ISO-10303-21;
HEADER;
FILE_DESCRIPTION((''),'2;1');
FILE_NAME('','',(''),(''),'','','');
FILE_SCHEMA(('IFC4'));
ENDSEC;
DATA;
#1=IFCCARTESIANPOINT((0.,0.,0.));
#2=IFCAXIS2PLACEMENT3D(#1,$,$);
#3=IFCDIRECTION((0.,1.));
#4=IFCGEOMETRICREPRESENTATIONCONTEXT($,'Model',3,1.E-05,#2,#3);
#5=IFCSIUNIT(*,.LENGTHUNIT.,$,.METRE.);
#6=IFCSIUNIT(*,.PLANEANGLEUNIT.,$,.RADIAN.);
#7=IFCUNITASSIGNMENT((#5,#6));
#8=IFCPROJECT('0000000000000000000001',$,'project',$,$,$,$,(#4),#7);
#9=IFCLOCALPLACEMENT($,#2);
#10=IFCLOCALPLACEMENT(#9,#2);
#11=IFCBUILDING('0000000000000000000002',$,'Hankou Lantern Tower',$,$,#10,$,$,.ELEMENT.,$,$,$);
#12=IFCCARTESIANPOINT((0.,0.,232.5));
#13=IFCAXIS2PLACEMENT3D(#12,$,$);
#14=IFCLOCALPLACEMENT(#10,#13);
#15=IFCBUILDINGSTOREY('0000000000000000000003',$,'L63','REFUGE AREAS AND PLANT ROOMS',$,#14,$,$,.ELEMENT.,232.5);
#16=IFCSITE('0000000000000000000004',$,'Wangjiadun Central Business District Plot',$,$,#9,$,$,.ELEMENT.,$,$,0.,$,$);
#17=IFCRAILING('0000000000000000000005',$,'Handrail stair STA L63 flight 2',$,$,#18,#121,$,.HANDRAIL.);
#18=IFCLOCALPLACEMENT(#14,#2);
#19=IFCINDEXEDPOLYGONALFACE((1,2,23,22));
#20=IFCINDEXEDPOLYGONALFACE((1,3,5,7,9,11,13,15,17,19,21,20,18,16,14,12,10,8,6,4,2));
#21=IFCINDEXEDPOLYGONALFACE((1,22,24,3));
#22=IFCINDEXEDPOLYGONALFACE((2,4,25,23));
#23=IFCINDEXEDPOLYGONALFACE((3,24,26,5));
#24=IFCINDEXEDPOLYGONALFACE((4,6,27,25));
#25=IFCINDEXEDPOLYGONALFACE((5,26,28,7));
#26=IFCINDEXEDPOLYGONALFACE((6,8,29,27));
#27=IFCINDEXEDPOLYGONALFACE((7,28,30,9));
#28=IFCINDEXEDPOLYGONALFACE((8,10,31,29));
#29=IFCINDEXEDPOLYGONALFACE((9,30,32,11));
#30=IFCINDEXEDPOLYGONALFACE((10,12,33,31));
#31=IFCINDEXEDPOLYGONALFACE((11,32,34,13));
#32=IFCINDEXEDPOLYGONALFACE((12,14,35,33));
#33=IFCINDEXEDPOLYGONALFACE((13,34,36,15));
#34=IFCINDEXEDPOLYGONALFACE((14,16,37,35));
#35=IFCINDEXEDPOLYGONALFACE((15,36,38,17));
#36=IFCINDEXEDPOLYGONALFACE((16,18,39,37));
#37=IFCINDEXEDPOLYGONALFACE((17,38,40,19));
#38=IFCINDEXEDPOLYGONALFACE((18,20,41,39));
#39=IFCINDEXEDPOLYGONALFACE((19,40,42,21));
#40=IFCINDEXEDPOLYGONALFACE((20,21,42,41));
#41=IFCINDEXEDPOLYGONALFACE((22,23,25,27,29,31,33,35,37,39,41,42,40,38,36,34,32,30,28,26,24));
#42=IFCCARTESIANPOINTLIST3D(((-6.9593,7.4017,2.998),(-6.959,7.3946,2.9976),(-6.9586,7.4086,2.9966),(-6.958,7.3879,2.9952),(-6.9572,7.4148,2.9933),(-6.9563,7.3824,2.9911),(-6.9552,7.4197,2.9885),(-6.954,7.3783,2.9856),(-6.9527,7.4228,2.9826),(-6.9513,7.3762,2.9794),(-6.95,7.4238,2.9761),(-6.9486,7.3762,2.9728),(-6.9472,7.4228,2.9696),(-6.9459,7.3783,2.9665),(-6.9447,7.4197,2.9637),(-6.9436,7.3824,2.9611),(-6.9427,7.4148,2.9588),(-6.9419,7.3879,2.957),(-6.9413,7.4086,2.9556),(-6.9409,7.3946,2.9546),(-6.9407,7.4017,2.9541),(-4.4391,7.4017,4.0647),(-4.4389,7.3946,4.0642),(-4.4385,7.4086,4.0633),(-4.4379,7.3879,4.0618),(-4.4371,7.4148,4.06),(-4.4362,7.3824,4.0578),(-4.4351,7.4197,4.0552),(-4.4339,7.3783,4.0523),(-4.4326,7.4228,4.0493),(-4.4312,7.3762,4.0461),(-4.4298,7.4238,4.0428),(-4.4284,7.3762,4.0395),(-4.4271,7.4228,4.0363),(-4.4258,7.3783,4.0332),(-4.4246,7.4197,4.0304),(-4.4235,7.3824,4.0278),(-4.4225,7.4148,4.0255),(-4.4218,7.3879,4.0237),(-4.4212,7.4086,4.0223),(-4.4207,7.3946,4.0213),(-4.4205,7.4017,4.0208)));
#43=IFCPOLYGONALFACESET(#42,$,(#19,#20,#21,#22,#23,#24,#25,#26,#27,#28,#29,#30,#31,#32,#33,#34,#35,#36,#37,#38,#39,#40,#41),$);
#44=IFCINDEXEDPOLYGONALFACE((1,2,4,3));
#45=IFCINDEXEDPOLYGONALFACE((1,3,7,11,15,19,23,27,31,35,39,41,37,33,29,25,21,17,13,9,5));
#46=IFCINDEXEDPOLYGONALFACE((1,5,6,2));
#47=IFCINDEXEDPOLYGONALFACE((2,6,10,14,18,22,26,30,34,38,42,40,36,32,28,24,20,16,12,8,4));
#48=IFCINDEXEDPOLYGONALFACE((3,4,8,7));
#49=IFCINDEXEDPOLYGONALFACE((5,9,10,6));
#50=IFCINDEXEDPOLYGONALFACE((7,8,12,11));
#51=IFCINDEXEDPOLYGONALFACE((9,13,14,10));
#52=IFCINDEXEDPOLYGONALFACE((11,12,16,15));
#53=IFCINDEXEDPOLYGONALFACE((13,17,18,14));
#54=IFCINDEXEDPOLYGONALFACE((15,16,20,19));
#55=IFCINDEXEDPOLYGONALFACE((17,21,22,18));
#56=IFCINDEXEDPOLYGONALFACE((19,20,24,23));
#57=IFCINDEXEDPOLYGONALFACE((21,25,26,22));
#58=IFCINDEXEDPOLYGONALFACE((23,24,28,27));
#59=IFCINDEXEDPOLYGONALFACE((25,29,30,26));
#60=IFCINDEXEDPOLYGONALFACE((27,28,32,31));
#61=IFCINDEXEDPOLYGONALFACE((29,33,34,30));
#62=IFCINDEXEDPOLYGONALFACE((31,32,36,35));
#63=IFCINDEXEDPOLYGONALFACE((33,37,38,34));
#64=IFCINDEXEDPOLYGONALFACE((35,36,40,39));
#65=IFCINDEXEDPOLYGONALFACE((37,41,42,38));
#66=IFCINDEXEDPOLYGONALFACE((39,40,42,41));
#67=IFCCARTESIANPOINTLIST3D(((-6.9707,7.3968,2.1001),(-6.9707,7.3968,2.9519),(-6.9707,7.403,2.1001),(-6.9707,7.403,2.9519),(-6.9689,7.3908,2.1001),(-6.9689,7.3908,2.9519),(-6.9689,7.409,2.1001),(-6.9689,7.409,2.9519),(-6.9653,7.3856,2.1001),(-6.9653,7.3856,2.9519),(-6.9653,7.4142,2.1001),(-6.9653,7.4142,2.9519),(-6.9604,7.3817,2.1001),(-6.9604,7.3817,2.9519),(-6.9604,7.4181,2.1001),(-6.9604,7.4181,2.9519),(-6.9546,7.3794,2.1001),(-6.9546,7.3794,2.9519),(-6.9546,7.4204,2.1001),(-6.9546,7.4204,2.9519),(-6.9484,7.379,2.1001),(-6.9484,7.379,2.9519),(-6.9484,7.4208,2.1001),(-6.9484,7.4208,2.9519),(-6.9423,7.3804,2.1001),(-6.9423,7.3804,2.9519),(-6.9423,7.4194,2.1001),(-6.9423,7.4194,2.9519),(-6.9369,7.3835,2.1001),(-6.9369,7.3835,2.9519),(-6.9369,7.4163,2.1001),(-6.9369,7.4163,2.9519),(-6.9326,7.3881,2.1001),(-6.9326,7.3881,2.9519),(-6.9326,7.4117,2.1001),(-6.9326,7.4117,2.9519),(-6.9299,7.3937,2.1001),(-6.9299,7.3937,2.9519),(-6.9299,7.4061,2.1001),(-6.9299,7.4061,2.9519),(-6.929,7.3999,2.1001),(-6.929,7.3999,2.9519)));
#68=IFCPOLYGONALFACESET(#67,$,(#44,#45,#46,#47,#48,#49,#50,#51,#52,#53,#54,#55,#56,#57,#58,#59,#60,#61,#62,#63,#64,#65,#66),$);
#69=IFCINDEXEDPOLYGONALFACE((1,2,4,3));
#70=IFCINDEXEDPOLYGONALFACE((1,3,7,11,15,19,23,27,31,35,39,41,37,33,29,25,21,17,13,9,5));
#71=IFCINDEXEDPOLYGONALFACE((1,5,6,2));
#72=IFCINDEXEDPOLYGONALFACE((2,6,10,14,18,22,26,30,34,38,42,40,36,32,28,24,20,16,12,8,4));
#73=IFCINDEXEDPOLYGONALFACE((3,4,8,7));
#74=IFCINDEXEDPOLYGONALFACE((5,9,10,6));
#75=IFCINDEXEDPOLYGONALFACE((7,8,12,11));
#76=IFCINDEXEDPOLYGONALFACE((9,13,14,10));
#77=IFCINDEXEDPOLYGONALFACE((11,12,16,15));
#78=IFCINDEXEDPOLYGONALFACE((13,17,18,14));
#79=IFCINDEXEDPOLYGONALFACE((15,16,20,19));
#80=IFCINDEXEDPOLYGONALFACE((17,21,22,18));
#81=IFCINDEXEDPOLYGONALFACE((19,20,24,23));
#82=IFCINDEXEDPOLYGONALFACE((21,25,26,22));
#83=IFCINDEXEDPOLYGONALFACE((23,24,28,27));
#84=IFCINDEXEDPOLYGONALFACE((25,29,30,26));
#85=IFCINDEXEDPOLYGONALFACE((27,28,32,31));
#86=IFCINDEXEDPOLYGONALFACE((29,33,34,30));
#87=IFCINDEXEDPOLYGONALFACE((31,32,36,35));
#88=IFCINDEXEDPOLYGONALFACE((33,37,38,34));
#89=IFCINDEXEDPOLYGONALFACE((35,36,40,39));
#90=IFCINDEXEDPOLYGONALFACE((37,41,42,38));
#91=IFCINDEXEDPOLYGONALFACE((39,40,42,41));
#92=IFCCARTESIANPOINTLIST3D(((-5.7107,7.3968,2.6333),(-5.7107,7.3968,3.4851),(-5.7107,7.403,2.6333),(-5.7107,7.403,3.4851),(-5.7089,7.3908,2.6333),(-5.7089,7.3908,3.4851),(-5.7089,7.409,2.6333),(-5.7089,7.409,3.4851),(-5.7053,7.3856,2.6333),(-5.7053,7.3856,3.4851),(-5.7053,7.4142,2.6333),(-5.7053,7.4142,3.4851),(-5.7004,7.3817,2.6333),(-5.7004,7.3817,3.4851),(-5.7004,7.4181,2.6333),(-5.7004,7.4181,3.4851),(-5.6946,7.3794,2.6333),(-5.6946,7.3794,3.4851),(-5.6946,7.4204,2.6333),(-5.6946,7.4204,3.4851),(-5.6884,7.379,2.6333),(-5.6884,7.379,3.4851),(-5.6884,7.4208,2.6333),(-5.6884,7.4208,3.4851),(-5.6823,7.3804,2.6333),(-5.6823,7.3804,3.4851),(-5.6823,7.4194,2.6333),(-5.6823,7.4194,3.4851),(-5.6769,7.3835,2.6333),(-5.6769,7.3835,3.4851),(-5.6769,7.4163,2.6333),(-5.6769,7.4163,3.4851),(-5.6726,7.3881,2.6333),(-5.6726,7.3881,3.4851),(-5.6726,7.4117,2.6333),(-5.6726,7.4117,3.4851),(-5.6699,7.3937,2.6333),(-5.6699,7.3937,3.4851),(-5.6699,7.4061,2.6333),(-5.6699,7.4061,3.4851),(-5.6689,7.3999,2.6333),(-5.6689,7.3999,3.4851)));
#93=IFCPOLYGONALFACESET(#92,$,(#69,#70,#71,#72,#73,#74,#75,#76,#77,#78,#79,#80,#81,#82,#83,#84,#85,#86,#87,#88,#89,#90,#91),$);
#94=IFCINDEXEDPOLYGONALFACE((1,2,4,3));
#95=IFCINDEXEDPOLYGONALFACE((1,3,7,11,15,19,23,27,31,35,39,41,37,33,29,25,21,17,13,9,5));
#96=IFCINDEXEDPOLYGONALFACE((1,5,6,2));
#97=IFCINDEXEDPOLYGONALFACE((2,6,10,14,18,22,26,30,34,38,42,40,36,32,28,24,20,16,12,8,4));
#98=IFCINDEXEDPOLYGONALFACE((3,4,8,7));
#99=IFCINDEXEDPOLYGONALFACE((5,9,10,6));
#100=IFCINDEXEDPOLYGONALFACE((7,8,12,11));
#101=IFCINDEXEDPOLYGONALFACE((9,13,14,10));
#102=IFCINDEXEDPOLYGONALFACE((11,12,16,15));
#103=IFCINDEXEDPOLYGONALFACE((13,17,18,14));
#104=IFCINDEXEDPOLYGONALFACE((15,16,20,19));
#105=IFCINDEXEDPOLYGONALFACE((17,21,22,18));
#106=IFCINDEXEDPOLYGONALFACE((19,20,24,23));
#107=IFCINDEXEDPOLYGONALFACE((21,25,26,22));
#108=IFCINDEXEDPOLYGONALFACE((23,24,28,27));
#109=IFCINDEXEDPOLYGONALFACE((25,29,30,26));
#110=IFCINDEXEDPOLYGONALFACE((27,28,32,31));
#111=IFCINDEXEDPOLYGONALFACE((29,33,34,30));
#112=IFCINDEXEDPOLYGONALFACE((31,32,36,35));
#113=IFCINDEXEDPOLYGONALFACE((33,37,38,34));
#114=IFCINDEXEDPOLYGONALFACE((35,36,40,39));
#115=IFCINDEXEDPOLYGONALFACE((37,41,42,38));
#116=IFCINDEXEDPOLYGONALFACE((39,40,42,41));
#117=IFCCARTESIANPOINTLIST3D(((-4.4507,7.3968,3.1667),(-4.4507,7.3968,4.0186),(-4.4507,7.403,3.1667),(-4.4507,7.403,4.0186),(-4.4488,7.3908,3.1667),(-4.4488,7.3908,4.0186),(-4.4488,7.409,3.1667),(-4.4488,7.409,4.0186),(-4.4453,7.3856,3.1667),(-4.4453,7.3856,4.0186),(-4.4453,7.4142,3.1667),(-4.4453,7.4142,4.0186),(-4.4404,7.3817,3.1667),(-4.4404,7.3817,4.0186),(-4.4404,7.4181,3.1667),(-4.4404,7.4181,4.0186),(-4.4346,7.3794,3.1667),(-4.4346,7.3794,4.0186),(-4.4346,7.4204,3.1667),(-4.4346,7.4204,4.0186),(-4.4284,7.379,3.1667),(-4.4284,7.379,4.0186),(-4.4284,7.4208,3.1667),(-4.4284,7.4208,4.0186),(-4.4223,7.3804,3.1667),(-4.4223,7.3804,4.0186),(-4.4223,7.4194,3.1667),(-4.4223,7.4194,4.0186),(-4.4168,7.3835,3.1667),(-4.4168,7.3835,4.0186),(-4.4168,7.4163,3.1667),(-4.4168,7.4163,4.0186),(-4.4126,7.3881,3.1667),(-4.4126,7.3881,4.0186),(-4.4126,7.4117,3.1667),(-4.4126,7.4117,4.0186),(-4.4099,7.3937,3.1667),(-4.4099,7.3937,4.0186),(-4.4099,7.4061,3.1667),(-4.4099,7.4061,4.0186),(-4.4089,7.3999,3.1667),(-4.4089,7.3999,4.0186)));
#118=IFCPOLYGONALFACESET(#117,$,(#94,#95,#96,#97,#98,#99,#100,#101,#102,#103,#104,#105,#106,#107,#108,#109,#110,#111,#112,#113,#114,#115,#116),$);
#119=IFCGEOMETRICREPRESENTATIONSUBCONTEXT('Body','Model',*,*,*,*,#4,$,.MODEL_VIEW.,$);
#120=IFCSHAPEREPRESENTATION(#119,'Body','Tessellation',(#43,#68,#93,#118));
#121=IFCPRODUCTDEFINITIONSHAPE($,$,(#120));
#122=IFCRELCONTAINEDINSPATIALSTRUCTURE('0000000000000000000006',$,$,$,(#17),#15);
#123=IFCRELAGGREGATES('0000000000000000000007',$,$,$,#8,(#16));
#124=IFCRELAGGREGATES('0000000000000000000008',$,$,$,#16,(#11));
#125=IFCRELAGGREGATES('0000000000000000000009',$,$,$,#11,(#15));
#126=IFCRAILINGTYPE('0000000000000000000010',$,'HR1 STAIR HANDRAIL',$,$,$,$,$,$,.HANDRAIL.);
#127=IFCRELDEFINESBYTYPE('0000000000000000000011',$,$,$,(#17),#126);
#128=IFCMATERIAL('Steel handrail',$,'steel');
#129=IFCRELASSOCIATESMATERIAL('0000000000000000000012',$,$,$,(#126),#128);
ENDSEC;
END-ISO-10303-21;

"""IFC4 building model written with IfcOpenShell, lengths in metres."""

from ifc_helpers import new_model, si_unit, direction, frame, origin, origin_2d, place, context, subcontext, project, spatial, circle, extrude, material, type_object, element, save


model = new_model("IFC4")

# Units and contexts
model_context = context("Model", 3, precision=1e-05, world=origin(), true_north=direction((0.0, 1.0)))
body_context = subcontext(model_context, "Body", "Model", "MODEL_VIEW")
ifc_project = project(units=[si_unit("LENGTHUNIT", "METRE"), si_unit("PLANEANGLEUNIT", "RADIAN")], contexts=[model_context])

# Site, building, storey
site_placement = place(None, origin())
site = spatial("IfcSite", under=ifc_project, at=site_placement, Name="Wangjiadun Central Business District Plot", CompositionType="ELEMENT", RefElevation=0.0)
building_placement = place(site_placement, origin())
building = spatial("IfcBuilding", under=site, at=building_placement, Name="Hankou Lantern Tower", CompositionType="ELEMENT")
storey_placement = place(building_placement, frame((0.0, 0.0, 232.5)))
storey = spatial("IfcBuildingStorey", under=building, at=storey_placement, Name="L63", Description="REFUGE AREAS AND PLANT ROOMS", CompositionType="ELEMENT", Elevation=232.5)

# Railing
ifc_material_1 = material(Name="Steel handrail", Category="steel")
railing_type = type_object("IfcRailingType", Name="HR1 STAIR HANDRAIL", PredefinedType="HANDRAIL", material=ifc_material_1)
railing_1_placement = place(storey_placement, frame((-6.95, 7.3999, 2.1001)))
element("IfcRailing", 1, at=railing_1_placement, inside=storey, type_object=railing_type, Name="Handrail stair STA L63 flight 2", PredefinedType="HANDRAIL", context=body_context, shape_type="SweptSolid", body=[
    extrude(circle(Radius=0.0239, at=origin_2d()), frame((0.0, 0.0, 0.876), z_axis=(0.920903, 0.0, 0.389791), x_axis=(0.0, 1.0, 0.0)), (0.0, 0.0, 1.0), 2.7366),
    extrude(circle(Radius=0.021, at=origin_2d()), origin(), (0.0, 0.0, 1.0), 0.8518),
    extrude(circle(Radius=0.021, at=origin_2d()), frame((1.26, 0.0, 0.5332)), (0.0, 0.0, 1.0), 0.8518),
    extrude(circle(Radius=0.021, at=origin_2d()), frame((2.52, 0.0, 1.0667)), (0.0, 0.0, 1.0), 0.8518),
])

save(model, "model.ifc")
